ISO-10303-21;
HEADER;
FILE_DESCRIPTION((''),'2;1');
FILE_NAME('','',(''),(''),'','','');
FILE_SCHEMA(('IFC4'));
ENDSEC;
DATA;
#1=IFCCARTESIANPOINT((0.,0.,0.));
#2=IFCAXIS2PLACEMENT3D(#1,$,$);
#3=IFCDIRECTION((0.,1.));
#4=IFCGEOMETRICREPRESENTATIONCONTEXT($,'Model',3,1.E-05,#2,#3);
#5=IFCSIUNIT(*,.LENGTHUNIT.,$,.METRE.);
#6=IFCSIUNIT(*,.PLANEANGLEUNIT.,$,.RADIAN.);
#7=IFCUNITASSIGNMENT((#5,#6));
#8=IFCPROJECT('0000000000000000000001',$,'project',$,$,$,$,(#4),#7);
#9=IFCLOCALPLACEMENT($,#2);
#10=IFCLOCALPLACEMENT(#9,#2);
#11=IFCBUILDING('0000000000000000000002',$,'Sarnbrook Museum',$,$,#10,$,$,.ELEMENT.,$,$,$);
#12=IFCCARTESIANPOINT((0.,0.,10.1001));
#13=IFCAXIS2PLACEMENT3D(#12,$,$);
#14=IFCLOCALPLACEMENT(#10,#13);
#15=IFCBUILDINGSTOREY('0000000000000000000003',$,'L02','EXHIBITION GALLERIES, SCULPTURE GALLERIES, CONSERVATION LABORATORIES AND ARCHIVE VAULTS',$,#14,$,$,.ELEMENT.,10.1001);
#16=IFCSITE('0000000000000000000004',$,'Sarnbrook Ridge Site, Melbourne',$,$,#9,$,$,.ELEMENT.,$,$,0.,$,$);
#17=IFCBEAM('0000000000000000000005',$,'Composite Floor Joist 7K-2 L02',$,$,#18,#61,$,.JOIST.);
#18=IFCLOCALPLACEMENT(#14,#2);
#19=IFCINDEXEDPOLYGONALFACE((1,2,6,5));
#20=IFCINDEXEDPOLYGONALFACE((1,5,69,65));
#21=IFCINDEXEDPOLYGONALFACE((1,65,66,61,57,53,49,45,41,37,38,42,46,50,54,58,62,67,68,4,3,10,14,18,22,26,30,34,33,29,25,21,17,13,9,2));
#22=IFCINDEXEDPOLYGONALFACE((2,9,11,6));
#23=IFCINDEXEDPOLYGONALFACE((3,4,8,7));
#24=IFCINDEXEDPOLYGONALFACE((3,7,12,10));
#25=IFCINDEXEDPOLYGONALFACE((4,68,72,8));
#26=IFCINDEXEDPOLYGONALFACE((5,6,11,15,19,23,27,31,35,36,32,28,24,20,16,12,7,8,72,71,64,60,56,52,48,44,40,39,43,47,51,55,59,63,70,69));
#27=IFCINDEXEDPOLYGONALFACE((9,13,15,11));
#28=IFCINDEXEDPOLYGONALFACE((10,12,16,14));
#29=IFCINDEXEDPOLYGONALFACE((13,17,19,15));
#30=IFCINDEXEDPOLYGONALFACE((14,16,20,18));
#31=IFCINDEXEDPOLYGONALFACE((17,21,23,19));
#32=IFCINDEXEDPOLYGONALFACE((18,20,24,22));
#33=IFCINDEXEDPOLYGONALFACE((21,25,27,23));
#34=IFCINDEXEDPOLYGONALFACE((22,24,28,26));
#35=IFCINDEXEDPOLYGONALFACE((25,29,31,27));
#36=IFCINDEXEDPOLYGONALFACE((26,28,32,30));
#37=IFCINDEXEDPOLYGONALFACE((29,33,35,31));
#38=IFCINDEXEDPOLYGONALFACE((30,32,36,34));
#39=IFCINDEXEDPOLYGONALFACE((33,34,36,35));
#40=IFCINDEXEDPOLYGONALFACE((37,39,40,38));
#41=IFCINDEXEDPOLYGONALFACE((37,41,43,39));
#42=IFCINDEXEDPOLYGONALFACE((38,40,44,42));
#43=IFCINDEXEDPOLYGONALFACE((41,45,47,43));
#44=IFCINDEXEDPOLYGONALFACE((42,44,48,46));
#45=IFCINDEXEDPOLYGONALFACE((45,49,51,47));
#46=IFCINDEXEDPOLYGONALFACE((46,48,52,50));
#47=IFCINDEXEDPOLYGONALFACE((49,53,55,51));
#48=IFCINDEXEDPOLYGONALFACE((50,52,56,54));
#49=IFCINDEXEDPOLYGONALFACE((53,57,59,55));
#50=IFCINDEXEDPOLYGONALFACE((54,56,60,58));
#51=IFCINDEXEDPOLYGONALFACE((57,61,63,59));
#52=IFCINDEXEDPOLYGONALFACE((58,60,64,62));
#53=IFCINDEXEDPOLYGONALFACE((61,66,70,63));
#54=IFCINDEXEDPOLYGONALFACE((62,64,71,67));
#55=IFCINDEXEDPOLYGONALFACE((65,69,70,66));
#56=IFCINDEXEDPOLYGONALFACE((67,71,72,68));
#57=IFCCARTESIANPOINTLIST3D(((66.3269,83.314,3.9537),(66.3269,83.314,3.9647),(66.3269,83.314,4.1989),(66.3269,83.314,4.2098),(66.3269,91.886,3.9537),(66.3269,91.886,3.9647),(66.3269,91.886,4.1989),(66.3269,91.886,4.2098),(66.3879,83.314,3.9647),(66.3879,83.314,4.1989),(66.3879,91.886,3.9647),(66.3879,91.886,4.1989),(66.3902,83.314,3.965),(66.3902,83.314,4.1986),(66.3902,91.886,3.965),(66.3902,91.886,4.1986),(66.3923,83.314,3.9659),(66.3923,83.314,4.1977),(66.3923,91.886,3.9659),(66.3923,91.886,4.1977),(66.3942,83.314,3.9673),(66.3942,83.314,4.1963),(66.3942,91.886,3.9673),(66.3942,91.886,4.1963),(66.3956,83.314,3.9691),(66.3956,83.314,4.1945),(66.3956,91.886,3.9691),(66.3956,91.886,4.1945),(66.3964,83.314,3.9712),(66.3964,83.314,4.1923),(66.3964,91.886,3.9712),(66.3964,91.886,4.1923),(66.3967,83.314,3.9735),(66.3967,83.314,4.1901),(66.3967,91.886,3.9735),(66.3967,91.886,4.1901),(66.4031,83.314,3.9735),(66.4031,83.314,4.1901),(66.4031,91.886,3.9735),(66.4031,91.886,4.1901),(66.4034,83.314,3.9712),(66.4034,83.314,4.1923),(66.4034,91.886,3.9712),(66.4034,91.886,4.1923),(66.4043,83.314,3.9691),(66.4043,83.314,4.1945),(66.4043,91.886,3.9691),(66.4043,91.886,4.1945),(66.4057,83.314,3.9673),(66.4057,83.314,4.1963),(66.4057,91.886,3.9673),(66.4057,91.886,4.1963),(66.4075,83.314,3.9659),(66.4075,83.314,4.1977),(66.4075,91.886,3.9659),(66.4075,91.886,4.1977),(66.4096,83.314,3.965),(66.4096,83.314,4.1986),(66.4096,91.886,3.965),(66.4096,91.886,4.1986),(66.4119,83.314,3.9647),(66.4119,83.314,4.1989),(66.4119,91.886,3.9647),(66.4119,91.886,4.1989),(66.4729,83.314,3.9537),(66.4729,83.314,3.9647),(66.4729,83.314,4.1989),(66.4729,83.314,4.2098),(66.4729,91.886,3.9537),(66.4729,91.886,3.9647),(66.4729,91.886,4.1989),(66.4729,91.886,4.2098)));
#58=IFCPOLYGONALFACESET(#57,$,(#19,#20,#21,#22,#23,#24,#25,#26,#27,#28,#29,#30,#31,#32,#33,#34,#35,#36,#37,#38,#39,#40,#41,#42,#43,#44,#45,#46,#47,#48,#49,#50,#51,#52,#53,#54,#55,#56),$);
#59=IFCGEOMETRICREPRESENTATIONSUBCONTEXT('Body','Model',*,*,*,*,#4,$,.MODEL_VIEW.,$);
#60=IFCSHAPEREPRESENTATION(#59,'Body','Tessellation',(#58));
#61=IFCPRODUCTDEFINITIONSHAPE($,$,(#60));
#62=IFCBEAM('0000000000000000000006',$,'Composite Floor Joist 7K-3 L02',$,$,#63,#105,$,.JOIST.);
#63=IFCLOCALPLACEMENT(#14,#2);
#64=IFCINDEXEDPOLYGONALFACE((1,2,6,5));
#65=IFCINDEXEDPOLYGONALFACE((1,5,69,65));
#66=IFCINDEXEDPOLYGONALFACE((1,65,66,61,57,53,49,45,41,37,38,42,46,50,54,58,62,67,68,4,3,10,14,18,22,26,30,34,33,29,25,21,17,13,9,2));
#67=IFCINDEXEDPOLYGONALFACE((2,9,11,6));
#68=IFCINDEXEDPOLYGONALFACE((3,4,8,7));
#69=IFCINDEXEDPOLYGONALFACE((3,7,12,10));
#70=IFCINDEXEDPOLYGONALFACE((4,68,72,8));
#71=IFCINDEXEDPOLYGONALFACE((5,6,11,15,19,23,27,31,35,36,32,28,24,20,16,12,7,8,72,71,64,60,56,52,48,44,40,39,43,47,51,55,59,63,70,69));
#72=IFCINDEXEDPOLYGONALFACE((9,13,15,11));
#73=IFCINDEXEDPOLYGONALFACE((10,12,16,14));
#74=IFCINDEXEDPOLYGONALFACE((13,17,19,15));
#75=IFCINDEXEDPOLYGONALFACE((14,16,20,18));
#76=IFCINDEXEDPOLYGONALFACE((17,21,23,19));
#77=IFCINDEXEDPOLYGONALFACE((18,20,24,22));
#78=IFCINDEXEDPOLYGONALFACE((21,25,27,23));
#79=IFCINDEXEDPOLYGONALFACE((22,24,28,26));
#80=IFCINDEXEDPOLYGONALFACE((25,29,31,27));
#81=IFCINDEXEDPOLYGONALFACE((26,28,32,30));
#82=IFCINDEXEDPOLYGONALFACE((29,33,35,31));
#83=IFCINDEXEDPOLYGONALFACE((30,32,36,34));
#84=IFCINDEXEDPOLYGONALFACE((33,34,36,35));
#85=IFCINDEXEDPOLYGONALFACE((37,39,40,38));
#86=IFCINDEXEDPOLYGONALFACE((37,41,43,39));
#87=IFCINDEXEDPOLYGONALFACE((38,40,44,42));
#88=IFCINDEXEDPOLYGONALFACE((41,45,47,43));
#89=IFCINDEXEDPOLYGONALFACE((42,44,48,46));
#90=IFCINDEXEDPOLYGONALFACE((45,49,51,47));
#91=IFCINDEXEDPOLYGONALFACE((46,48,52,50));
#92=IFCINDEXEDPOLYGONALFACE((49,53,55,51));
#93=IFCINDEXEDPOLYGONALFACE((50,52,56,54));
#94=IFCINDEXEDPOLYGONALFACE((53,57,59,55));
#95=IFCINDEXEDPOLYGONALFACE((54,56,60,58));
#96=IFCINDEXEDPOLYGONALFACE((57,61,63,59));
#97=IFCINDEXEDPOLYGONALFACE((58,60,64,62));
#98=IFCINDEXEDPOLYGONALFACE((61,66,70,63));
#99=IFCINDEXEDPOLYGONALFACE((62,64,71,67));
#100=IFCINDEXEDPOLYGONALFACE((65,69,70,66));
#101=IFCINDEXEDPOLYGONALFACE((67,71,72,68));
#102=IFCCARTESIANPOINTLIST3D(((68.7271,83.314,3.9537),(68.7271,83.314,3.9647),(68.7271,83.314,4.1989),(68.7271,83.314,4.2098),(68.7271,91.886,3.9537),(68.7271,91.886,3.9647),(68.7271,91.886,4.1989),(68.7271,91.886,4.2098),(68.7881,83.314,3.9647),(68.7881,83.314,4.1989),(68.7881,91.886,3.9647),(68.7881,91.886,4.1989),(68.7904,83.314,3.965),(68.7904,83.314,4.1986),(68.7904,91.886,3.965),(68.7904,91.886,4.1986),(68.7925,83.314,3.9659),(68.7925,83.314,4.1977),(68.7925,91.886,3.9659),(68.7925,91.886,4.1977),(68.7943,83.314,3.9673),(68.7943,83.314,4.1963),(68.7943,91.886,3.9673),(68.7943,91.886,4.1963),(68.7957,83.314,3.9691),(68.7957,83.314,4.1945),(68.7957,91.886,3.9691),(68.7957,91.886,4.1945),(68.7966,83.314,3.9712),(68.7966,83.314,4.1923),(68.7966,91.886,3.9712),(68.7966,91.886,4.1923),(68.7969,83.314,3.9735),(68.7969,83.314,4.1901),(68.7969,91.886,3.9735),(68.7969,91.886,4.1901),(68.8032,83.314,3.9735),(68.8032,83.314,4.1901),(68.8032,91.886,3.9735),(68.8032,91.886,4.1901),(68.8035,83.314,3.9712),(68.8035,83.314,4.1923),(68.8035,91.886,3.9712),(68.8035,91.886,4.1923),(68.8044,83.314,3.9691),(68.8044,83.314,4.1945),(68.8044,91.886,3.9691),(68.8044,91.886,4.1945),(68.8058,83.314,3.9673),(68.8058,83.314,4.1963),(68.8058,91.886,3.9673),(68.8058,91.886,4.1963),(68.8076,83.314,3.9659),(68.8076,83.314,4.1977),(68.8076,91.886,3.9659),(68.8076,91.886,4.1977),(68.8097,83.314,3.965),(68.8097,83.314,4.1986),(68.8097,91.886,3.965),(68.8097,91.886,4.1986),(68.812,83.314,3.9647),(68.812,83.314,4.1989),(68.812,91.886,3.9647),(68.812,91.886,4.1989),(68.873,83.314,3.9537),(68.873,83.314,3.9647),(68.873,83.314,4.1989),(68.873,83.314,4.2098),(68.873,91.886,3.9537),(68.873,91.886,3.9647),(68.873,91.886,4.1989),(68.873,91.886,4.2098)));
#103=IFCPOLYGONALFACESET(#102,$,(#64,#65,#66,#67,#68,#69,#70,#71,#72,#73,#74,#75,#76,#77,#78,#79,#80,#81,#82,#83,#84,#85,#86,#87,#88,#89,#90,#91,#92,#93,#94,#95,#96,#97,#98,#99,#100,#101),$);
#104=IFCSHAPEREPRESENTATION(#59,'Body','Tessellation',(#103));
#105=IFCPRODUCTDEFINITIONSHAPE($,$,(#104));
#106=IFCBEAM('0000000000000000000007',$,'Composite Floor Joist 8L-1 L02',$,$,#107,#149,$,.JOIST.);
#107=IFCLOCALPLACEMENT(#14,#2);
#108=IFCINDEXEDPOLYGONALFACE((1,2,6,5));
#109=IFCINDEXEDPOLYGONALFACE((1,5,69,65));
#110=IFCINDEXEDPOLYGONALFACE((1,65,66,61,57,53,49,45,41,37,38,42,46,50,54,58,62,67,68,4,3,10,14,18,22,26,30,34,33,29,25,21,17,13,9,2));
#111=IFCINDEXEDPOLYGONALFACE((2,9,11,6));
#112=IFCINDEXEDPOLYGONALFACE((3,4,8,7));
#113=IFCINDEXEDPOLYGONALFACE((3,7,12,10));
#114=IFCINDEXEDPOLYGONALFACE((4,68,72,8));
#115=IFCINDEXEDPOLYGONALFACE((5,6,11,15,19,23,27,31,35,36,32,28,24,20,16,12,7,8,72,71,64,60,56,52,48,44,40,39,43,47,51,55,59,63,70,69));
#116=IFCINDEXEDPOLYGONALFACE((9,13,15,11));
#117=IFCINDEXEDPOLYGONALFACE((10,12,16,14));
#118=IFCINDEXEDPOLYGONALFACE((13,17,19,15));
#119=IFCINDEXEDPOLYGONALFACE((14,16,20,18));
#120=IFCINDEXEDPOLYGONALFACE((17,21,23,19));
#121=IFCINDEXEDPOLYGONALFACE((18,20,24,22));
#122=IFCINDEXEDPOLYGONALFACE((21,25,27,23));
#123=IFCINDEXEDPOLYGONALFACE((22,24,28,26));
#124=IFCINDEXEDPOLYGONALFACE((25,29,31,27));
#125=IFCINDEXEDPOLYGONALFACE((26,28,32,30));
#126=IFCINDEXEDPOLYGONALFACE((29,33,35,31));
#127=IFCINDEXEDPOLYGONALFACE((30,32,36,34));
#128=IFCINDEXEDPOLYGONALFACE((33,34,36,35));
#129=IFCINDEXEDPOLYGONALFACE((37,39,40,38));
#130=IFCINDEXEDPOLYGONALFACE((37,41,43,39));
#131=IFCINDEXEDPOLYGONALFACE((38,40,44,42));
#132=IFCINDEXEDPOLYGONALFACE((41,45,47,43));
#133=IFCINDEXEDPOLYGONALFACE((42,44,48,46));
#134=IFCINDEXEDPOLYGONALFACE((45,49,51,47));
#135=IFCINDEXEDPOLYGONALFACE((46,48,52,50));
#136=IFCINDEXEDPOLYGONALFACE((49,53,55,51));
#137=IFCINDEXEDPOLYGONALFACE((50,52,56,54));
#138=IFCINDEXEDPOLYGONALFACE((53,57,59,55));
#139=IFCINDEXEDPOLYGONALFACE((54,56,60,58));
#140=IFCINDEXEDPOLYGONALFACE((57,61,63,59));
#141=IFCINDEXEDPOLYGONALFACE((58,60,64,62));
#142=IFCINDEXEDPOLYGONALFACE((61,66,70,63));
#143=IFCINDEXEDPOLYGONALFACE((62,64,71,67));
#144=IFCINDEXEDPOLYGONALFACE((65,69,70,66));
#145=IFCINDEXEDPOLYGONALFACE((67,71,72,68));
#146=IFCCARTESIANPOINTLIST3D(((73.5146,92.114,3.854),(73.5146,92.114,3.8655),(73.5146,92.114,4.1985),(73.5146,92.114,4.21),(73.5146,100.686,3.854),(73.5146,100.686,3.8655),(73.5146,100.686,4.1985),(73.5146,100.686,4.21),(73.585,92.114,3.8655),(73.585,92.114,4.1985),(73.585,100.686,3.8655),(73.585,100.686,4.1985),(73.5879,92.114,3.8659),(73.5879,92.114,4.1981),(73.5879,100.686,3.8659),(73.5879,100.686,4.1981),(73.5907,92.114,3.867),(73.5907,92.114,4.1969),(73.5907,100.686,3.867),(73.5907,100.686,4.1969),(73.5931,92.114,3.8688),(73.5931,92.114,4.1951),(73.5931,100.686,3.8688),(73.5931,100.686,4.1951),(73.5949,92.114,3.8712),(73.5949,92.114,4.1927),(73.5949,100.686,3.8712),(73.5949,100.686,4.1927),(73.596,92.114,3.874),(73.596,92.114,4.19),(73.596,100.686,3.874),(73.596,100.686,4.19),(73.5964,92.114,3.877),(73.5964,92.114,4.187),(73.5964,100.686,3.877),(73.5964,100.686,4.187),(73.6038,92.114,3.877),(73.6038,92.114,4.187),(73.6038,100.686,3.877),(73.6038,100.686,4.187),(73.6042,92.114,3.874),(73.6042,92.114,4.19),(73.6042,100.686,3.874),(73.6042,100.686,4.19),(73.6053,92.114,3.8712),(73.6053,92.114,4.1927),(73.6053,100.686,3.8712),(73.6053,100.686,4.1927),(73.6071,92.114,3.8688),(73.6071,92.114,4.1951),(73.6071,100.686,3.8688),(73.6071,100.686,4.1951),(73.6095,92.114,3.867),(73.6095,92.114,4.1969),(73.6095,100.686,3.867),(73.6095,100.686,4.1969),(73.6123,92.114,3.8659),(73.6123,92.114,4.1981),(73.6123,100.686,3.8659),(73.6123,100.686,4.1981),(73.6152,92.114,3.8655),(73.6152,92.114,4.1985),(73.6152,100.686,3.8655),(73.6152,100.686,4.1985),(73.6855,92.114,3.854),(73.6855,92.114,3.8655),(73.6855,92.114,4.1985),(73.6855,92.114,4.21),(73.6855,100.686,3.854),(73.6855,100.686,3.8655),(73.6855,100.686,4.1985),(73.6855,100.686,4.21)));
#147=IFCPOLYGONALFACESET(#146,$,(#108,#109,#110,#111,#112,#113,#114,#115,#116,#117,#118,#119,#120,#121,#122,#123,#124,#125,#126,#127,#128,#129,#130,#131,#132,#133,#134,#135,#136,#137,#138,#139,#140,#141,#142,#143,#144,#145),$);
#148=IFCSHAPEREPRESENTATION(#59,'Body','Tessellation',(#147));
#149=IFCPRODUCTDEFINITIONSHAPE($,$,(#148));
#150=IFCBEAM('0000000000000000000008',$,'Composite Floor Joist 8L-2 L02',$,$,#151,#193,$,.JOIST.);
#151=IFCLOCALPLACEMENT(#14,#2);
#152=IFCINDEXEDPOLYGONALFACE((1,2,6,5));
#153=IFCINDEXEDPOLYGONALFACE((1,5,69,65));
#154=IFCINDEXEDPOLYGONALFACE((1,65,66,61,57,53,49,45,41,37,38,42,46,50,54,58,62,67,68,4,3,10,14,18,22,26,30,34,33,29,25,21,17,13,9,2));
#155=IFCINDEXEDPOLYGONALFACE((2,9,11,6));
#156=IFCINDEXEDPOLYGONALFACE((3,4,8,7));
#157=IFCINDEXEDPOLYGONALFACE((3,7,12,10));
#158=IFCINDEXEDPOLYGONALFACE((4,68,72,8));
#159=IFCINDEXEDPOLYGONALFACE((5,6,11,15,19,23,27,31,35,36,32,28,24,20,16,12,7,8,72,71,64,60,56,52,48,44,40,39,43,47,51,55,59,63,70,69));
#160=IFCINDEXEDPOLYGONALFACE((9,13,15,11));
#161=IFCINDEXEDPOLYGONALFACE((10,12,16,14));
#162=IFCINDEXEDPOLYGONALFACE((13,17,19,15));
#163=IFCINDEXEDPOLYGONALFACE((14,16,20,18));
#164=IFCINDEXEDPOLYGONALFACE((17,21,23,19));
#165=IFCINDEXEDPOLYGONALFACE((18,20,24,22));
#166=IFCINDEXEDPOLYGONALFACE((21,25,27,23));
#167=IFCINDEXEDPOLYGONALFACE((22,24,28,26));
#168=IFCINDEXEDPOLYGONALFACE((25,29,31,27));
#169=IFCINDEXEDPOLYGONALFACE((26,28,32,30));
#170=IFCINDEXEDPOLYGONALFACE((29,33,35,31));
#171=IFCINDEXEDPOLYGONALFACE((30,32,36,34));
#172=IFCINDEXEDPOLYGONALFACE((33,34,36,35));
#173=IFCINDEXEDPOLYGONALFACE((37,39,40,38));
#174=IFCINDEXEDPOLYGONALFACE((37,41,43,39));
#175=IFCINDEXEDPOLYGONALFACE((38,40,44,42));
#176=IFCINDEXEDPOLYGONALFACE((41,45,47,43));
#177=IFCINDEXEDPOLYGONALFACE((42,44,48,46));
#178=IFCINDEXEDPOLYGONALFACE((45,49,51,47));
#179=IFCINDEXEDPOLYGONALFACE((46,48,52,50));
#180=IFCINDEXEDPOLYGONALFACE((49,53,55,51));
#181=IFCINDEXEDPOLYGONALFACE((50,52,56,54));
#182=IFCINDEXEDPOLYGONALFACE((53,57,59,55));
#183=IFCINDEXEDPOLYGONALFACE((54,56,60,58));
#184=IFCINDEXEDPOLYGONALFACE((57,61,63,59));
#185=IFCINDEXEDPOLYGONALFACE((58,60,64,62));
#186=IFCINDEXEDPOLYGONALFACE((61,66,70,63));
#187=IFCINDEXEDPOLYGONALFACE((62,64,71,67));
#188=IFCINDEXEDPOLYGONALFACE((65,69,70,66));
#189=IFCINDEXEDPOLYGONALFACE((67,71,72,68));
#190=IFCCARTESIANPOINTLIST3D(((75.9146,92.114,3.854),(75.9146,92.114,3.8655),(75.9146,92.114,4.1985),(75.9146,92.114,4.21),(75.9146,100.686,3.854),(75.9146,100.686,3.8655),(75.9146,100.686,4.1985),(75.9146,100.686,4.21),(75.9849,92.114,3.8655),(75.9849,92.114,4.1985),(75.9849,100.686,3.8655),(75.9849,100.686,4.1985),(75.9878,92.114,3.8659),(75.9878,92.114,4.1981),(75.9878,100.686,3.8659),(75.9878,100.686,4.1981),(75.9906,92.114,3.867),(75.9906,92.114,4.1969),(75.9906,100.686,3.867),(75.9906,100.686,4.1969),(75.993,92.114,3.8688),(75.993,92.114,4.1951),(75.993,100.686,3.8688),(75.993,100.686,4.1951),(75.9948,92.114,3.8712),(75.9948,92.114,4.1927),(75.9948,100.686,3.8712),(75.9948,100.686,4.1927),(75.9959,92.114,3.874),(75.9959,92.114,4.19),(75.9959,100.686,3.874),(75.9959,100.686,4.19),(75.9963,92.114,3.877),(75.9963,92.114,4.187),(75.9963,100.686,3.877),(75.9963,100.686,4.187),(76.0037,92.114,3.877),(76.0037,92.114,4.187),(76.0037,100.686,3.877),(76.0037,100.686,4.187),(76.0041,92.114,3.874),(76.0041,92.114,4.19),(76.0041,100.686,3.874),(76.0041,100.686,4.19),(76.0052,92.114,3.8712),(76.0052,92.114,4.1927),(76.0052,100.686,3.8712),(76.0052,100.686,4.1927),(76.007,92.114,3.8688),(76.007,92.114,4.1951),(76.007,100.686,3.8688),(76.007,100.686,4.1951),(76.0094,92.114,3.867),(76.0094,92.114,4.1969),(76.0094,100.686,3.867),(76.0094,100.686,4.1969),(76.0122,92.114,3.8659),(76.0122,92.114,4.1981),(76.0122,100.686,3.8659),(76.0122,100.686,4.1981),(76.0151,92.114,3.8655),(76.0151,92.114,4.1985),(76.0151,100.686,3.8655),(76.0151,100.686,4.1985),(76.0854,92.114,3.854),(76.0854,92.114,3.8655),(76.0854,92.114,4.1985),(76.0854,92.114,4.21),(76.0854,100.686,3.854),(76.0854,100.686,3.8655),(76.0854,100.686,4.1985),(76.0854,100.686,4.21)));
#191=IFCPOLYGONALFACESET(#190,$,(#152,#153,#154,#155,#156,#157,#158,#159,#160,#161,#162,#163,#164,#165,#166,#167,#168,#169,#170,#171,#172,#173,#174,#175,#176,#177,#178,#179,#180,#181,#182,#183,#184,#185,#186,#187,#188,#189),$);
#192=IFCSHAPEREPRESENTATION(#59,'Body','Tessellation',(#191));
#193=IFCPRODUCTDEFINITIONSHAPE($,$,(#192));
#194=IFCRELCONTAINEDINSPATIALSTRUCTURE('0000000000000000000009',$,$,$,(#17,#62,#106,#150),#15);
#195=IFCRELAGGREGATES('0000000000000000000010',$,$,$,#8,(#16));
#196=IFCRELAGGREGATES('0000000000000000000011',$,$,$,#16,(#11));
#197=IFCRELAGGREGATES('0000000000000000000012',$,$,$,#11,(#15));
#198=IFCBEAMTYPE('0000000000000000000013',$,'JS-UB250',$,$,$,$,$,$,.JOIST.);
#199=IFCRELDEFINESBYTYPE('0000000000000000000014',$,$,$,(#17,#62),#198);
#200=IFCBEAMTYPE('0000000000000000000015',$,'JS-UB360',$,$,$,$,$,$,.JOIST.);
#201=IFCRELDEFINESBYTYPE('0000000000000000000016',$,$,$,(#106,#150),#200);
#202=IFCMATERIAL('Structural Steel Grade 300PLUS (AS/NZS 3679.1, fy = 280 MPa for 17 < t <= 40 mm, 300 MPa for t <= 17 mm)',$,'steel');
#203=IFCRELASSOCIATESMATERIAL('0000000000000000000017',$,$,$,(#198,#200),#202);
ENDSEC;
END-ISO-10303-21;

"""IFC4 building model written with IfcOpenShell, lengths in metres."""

from ifc_helpers import new_model, si_unit, direction, frame, origin, origin_2d, place, context, subcontext, project, spatial, i_section, extrude, material, material_profile, profile_set, type_object, element, save


model = new_model("IFC4")

# Units and contexts
model_context = context("Model", 3, precision=1e-05, world=origin(), true_north=direction((0.0, 1.0)))
body_context = subcontext(model_context, "Body", "Model", "MODEL_VIEW")
ifc_project = project(units=[si_unit("LENGTHUNIT", "METRE"), si_unit("PLANEANGLEUNIT", "RADIAN")], contexts=[model_context])

# Site, building, storey
site_placement = place(None, origin())
site = spatial("IfcSite", under=ifc_project, at=site_placement, Name="Sarnbrook Ridge Site, Melbourne", CompositionType="ELEMENT", RefElevation=0.0)
building_placement = place(site_placement, origin())
building = spatial("IfcBuilding", under=site, at=building_placement, Name="Sarnbrook Museum", CompositionType="ELEMENT")
storey_placement = place(building_placement, frame((0.0, 0.0, 10.1001)))
storey = spatial("IfcBuildingStorey", under=building, at=storey_placement, Name="L02", Description="EXHIBITION GALLERIES, SCULPTURE GALLERIES, CONSERVATION LABORATORIES AND ARCHIVE VAULTS", CompositionType="ELEMENT", Elevation=10.1001)

# Beams
ifc_material_1 = material(Name="Structural Steel Grade 300PLUS (AS/NZS 3679.1, fy = 280 MPa for 17 < t <= 40 mm, 300 MPa for t <= 17 mm)", Category="steel")
ifc_material_profile_1 = material_profile(ifc_material_1, i_section(OverallWidth=0.146, OverallDepth=0.2561, WebThickness=0.0063, FlangeThickness=0.011, FilletRadius=0.0088, at=origin_2d()), Name="250UB37.3")
ifc_profile_set_1 = profile_set([ifc_material_profile_1], Name="Structural Steel Grade 300PLUS (AS/NZS 3679.1, fy = 280 MPa for 17 < t <= 40 mm, 300 MPa for t <= 17 mm)")
beam_type_1 = type_object("IfcBeamType", Name="JS-UB250", PredefinedType="JOIST", material=ifc_profile_set_1)
for number, where, z_axis, x_axis, name in (
    (1, (66.3999, 83.314, 4.0818), (0.0, 1.0, 0.0), (-1.0, 0.0, 0.0), "Composite Floor Joist 7K-2 L02"),
    (2, (68.8, 83.314, 4.0818), (0.0, 1.0, 0.0), (-1.0, 0.0, 0.0), "Composite Floor Joist 7K-3 L02"),
):
    element("IfcBeam", number, at=place(storey_placement, frame(where, z_axis=z_axis, x_axis=x_axis)), inside=storey, type_object=beam_type_1, Name=name, PredefinedType="JOIST", context=body_context, shape_type="SweptSolid", body=[
        extrude(i_section(OverallWidth=0.146, OverallDepth=0.2561, WebThickness=0.0063, FlangeThickness=0.011, FilletRadius=0.0088, at=origin_2d()), origin(), (0.0, 0.0, 1.0), 8.572),
    ])
ifc_material_profile_2 = material_profile(ifc_material_1, i_section(OverallWidth=0.1709, OverallDepth=0.356, WebThickness=0.0073, FlangeThickness=0.0115, FilletRadius=0.0115, at=origin_2d()), Name="360UB50.7")
ifc_profile_set_2 = profile_set([ifc_material_profile_2], Name="Structural Steel Grade 300PLUS (AS/NZS 3679.1, fy = 280 MPa for 17 < t <= 40 mm, 300 MPa for t <= 17 mm)")
beam_type_2 = type_object("IfcBeamType", Name="JS-UB360", PredefinedType="JOIST", material=ifc_profile_set_2)
for number, where, z_axis, x_axis, name in (
    (3, (73.6001, 92.114, 4.032), (0.0, 1.0, 0.0), (-1.0, 0.0, 0.0), "Composite Floor Joist 8L-1 L02"),
    (4, (76.0, 92.114, 4.032), (0.0, 1.0, 0.0), (-1.0, 0.0, 0.0), "Composite Floor Joist 8L-2 L02"),
):
    element("IfcBeam", number, at=place(storey_placement, frame(where, z_axis=z_axis, x_axis=x_axis)), inside=storey, type_object=beam_type_2, Name=name, PredefinedType="JOIST", context=body_context, shape_type="SweptSolid", body=[
        extrude(i_section(OverallWidth=0.1709, OverallDepth=0.356, WebThickness=0.0073, FlangeThickness=0.0115, FilletRadius=0.0115, at=origin_2d()), origin(), (0.0, 0.0, 1.0), 8.572),
    ])

save(model, "model.ifc")
